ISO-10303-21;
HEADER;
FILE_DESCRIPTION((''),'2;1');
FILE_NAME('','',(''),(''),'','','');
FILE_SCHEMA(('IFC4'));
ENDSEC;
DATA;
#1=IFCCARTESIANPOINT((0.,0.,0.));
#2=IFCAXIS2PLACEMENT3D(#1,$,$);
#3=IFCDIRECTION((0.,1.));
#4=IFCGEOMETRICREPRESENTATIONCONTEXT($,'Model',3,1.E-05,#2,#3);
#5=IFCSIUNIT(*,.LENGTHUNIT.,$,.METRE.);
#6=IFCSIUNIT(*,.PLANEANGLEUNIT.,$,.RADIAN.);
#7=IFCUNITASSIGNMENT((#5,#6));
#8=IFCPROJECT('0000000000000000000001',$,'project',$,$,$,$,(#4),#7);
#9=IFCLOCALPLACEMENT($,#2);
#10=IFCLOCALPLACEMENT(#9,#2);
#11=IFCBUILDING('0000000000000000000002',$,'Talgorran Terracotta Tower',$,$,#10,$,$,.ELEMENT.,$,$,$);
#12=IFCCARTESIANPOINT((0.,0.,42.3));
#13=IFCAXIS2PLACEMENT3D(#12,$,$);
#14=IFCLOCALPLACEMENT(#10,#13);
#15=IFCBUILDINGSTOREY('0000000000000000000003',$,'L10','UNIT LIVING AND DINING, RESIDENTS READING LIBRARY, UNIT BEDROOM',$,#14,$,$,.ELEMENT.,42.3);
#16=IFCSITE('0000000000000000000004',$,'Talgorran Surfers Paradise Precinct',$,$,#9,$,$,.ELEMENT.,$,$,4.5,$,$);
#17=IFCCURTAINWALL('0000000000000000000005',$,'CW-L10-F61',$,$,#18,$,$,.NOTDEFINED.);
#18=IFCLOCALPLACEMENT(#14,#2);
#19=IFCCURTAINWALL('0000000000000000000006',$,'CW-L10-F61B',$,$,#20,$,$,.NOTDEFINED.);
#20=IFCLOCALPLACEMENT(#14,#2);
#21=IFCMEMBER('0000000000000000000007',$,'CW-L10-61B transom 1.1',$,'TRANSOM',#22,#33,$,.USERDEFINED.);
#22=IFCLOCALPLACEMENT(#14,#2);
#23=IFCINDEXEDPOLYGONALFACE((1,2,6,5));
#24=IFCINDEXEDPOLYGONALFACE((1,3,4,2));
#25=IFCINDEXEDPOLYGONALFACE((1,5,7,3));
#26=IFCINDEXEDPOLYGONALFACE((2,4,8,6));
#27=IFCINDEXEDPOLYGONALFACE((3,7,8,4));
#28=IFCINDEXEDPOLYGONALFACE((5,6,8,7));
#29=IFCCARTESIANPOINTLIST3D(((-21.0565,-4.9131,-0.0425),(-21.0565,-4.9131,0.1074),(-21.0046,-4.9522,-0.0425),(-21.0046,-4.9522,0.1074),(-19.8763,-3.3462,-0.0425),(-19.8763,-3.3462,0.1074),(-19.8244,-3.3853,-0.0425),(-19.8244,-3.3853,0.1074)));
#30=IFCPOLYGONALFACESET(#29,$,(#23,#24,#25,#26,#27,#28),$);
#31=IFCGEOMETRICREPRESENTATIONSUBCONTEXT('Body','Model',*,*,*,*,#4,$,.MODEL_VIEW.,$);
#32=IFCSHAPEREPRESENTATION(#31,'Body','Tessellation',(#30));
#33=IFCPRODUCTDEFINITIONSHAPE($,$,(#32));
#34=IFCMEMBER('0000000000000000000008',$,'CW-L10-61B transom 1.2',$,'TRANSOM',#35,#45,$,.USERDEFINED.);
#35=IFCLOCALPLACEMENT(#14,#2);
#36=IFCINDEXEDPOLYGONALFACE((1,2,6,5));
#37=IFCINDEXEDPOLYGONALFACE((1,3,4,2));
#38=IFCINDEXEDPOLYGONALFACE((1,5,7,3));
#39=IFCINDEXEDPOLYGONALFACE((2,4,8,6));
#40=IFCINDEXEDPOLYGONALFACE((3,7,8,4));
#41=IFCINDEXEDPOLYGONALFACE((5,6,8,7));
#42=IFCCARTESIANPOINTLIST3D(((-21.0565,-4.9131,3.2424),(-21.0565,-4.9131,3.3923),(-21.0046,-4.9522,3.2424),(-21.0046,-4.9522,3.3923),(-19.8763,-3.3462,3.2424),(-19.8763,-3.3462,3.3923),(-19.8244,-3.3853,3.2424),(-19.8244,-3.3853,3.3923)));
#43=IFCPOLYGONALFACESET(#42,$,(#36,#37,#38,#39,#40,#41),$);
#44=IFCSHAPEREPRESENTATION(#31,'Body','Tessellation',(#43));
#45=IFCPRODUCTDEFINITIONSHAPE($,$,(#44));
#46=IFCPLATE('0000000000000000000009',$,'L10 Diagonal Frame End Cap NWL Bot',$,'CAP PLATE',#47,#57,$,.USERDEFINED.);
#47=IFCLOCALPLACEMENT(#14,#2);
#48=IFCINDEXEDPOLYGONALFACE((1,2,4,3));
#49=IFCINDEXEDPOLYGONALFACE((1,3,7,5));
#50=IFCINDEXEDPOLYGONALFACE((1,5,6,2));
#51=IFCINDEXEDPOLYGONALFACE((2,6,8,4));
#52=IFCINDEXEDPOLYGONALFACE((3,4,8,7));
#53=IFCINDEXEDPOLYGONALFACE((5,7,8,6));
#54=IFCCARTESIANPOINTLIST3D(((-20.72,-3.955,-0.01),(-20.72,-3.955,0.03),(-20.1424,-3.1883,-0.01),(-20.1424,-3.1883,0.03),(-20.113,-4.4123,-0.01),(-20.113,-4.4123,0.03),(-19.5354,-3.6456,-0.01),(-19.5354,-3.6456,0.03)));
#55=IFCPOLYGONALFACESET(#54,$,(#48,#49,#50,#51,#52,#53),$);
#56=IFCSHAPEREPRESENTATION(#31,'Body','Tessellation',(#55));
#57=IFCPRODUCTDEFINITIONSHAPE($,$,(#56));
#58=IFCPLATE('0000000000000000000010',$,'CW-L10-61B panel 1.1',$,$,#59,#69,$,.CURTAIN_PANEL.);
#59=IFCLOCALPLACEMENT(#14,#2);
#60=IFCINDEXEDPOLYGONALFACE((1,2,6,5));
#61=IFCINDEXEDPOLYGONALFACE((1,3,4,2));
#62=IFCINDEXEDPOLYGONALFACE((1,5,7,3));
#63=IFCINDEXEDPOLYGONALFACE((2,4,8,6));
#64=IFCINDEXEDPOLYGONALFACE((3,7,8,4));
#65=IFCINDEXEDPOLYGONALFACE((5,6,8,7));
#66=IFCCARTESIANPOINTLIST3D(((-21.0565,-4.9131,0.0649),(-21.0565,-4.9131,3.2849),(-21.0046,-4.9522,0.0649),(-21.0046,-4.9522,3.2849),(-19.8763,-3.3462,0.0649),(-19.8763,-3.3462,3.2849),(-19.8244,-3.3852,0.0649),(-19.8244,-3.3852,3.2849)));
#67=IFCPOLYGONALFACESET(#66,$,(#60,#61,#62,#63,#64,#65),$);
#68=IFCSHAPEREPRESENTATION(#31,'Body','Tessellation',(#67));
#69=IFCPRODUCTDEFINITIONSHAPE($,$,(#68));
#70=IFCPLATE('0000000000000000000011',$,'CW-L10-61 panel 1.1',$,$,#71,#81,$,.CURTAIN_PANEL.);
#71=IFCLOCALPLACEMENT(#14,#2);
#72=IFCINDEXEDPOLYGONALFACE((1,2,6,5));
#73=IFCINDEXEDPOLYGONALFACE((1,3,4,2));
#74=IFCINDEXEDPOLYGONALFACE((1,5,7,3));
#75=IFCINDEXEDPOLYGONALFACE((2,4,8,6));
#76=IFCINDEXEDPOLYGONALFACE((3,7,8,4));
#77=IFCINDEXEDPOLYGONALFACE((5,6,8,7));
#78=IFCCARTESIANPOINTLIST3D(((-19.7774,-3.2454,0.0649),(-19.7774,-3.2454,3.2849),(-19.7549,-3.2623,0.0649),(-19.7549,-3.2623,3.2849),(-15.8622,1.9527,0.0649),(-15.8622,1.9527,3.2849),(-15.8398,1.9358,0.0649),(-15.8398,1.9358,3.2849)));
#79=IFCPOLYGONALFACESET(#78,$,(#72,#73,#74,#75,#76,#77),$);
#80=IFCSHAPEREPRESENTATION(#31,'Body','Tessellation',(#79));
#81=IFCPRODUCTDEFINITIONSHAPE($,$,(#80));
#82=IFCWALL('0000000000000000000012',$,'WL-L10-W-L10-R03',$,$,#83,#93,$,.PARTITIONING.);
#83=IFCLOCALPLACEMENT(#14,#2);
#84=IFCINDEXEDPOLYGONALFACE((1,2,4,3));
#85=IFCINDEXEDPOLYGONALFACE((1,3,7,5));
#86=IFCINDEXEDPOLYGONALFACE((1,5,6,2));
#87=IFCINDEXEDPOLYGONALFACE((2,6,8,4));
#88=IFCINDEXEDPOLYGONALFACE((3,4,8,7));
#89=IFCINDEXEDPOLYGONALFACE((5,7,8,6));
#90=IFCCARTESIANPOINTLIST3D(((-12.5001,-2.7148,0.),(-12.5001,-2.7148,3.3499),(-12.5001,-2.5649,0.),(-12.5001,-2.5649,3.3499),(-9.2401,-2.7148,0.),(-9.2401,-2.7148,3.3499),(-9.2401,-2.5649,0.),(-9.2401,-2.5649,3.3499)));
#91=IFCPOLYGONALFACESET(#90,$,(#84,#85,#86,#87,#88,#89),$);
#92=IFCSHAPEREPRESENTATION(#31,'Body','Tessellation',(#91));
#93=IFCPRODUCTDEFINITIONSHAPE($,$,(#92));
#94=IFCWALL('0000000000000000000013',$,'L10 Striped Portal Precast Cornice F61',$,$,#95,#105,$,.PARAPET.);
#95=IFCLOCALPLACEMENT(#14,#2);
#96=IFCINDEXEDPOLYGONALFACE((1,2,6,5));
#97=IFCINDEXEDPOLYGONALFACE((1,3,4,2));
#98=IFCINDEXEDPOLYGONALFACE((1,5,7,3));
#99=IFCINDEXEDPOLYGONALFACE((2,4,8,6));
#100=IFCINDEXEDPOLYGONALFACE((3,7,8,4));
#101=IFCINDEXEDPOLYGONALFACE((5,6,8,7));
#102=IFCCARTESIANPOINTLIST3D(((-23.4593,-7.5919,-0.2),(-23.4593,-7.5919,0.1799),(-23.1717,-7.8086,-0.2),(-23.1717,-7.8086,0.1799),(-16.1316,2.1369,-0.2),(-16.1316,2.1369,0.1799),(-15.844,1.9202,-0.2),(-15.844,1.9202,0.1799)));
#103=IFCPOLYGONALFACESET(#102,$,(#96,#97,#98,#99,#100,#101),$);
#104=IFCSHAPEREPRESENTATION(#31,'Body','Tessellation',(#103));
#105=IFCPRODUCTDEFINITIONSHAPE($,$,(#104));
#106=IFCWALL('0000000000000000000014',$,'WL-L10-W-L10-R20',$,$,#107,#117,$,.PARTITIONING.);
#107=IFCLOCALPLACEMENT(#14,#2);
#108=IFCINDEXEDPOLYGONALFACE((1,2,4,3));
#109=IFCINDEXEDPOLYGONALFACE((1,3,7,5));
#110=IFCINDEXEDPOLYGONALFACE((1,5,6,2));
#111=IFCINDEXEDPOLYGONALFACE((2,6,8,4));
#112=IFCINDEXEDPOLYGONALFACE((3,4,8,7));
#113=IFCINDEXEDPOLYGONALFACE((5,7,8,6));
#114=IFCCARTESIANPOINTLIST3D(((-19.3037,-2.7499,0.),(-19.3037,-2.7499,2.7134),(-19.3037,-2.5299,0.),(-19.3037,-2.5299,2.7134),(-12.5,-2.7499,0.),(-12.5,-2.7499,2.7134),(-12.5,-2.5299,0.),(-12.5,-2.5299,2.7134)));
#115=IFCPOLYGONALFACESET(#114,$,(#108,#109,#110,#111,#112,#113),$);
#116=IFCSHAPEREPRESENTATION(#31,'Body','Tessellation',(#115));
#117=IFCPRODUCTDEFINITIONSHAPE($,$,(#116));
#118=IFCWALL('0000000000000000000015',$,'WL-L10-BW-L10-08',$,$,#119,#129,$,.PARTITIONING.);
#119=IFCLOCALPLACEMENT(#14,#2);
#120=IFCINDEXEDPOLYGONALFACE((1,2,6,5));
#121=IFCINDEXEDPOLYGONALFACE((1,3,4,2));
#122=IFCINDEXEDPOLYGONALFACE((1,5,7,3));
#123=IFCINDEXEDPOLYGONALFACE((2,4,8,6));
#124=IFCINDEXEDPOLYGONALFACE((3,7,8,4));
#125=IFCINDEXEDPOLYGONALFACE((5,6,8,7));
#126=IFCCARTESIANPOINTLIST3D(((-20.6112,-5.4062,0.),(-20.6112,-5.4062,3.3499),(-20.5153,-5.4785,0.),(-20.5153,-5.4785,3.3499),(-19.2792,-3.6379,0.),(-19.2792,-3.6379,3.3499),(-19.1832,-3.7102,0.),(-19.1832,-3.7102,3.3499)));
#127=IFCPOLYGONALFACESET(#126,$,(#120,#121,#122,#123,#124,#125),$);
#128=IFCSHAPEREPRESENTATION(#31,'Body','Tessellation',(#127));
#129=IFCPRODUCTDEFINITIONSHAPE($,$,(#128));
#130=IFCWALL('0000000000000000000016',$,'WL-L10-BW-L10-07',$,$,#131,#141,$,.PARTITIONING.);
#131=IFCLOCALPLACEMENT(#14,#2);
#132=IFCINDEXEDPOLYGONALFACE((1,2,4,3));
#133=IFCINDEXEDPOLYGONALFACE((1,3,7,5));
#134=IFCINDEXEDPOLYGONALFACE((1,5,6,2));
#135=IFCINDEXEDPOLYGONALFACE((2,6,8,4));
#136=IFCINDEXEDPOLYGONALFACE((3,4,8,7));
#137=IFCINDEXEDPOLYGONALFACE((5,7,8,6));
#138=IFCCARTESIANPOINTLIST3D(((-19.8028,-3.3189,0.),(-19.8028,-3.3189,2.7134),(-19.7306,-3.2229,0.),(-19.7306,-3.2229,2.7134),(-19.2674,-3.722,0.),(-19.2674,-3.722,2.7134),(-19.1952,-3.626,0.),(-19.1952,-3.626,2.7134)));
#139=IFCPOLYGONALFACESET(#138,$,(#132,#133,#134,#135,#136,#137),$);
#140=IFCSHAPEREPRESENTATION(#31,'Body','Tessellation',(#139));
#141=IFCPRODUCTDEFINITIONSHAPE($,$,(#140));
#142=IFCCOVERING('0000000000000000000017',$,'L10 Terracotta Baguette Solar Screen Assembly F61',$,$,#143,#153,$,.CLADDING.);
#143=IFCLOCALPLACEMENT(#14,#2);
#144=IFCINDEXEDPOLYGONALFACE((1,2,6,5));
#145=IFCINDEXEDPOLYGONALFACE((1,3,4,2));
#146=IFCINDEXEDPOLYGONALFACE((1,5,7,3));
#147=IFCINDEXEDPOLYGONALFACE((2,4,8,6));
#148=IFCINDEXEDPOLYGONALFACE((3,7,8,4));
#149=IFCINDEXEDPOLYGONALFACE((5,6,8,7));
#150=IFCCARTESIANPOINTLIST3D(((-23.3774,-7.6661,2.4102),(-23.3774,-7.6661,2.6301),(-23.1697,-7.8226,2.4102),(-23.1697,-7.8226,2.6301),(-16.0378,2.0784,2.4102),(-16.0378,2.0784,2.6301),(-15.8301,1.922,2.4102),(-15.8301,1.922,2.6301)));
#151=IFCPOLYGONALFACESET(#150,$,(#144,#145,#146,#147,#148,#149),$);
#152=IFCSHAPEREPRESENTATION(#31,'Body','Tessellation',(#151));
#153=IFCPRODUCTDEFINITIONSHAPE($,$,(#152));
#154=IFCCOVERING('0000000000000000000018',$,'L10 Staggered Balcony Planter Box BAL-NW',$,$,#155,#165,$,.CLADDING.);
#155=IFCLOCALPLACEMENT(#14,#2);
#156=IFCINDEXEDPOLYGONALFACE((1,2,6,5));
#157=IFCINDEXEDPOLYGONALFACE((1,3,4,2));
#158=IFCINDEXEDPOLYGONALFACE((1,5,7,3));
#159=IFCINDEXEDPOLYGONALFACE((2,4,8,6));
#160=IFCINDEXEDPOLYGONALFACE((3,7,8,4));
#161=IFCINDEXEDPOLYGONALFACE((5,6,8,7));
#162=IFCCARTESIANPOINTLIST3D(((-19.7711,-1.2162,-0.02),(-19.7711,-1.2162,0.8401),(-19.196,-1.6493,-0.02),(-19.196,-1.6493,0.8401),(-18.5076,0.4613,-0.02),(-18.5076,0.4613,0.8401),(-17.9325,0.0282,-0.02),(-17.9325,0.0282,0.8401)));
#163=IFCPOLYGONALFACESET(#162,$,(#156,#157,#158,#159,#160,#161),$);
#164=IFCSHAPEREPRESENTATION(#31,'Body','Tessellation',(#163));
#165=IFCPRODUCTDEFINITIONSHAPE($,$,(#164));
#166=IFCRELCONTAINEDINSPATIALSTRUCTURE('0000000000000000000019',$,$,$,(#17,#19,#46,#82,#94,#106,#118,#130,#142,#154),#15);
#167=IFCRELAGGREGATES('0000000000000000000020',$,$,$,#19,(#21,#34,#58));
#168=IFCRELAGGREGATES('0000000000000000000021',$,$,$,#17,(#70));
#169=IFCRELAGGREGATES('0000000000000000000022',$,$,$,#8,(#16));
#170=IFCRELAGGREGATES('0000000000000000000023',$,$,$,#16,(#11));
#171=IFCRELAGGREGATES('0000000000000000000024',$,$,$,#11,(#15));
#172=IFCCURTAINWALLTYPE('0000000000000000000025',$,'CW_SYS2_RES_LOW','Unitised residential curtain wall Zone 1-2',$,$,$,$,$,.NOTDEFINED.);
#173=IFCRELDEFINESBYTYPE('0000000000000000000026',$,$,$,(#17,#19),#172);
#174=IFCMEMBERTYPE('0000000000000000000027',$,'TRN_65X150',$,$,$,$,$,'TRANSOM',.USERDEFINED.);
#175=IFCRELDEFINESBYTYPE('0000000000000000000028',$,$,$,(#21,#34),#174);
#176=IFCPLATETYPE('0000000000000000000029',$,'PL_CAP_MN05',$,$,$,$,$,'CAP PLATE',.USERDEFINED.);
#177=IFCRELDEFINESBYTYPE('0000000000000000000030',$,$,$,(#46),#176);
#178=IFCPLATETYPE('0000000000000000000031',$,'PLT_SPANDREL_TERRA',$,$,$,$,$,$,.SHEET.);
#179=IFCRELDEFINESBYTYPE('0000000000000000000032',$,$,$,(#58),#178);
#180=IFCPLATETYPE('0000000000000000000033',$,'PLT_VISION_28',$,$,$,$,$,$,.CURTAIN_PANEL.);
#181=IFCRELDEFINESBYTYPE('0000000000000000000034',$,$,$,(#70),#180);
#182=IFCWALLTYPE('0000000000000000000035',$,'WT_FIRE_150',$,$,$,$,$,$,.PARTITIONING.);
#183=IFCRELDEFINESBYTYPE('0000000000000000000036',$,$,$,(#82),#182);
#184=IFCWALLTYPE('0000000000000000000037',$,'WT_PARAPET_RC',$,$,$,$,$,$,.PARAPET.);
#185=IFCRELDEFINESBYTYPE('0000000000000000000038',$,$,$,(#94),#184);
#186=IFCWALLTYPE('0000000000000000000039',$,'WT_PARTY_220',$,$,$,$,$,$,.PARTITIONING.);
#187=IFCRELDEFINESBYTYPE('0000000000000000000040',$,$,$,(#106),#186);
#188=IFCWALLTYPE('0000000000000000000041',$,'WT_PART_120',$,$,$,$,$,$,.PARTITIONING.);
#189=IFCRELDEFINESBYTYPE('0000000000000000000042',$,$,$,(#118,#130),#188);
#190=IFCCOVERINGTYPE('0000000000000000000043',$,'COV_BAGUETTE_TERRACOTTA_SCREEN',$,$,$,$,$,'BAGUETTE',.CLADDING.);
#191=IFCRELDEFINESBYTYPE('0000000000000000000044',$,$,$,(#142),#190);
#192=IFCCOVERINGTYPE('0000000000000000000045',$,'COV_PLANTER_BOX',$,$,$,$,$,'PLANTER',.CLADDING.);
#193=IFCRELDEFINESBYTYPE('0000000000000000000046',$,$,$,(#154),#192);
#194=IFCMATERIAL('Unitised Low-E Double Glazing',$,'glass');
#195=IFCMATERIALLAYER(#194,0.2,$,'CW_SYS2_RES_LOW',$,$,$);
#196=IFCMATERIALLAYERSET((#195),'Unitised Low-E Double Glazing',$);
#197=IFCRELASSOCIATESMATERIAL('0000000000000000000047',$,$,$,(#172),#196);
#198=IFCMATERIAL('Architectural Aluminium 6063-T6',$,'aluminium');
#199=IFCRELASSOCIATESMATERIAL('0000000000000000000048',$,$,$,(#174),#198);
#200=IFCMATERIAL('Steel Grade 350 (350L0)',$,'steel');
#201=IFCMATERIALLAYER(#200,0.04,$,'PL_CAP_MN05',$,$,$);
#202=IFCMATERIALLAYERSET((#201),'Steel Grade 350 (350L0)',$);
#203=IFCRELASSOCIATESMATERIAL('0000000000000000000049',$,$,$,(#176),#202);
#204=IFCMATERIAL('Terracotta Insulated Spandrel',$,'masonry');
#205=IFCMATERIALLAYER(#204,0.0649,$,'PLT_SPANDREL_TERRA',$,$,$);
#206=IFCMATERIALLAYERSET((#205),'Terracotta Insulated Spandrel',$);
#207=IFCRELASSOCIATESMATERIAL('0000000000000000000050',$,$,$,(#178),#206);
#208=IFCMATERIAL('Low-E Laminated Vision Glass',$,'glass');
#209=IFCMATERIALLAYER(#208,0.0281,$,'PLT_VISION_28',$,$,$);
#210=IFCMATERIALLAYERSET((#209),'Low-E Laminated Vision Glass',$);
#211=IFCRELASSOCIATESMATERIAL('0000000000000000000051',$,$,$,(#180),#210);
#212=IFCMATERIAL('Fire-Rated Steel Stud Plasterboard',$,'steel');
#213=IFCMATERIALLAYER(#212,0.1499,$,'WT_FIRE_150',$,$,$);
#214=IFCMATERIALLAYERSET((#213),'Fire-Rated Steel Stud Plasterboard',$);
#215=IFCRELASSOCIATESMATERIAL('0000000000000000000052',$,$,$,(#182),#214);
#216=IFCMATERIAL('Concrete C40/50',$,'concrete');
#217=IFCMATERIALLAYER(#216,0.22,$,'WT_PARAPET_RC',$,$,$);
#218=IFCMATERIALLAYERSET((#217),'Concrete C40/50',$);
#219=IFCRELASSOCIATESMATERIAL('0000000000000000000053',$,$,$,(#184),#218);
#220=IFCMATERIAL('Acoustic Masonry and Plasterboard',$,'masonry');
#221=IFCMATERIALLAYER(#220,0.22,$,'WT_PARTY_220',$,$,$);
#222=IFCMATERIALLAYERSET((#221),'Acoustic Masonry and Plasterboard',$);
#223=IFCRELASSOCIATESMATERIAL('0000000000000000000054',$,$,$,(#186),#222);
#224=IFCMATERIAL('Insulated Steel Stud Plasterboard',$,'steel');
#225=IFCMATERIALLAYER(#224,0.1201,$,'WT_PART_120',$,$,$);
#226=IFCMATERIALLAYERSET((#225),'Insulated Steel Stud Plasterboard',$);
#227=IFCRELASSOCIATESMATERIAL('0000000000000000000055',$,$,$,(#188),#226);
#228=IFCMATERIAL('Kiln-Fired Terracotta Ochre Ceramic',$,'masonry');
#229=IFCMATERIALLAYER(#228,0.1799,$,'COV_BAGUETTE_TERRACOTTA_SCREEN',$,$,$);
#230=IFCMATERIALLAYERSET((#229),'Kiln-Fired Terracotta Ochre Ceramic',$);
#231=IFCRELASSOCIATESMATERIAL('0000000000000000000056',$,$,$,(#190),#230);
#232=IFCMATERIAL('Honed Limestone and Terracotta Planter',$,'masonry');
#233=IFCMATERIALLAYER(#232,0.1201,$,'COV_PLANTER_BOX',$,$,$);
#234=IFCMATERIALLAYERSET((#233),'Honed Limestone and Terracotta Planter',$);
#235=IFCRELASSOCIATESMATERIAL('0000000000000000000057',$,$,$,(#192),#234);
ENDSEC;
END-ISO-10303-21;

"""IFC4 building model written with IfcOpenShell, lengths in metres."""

from ifc_helpers import new_model, si_unit, direction, frame, frame_2d, origin, origin_2d, place, context, subcontext, project, spatial, rectangle, extrude, source, transform, mapped, material, layer, layer_set, material_profile, profile_set, type_object, type_shapes, element, aggregate, save


model = new_model("IFC4")

# Units and contexts
model_context = context("Model", 3, precision=1e-05, world=origin(), true_north=direction((0.0, 1.0)))
body_context = subcontext(model_context, "Body", "Model", "MODEL_VIEW")
ifc_project = project(units=[si_unit("LENGTHUNIT", "METRE"), si_unit("PLANEANGLEUNIT", "RADIAN")], contexts=[model_context])

# Site, building, storey
site_placement = place(None, origin())
site = spatial("IfcSite", under=ifc_project, at=site_placement, Name="Talgorran Surfers Paradise Precinct", CompositionType="ELEMENT", RefElevation=4.5)
building_placement = place(site_placement, origin())
building = spatial("IfcBuilding", under=site, at=building_placement, Name="Talgorran Terracotta Tower", CompositionType="ELEMENT")
storey_placement = place(building_placement, frame((0.0, 0.0, 42.3)))
storey = spatial("IfcBuildingStorey", under=building, at=storey_placement, Name="L10", Description="UNIT LIVING AND DINING, RESIDENTS READING LIBRARY, UNIT BEDROOM", CompositionType="ELEMENT", Elevation=42.3)

# Shared definitions
ifc_material_1 = material(Name="Steel Grade 350 (350L0)", Category="steel")

# Curtain wall
ifc_material_2 = material(Name="Unitised Low-E Double Glazing", Category="glass")
ifc_layer_1 = layer(ifc_material_2, 0.2, Name="CW_SYS2_RES_LOW")
ifc_layer_set_1 = layer_set([ifc_layer_1], Name="Unitised Low-E Double Glazing")
curtain_wall_type = type_object("IfcCurtainWallType", Name="CW_SYS2_RES_LOW", Description="Unitised residential curtain wall Zone 1-2", PredefinedType="NOTDEFINED", material=ifc_layer_set_1)
curtain_wall_1_placement = place(storey_placement, origin())
curtain_wall_1 = element("IfcCurtainWall", 1, at=curtain_wall_1_placement, inside=storey, type_object=curtain_wall_type, Name="CW-L10-F61", PredefinedType="NOTDEFINED")
ifc_material_3 = material(Name="Architectural Aluminium 6063-T6", Category="aluminium")

# Curtain wall
curtain_wall_2_placement = place(storey_placement, origin())
curtain_wall_2 = element("IfcCurtainWall", 2, at=curtain_wall_2_placement, inside=storey, type_object=curtain_wall_type, Name="CW-L10-F61B", PredefinedType="NOTDEFINED")

# Members
ifc_material_profile_1 = material_profile(ifc_material_3, rectangle(XDim=0.0649, YDim=0.1499, at=origin_2d()), Name="CWT65X150")
ifc_profile_set_1 = profile_set([ifc_material_profile_1], Name="Architectural Aluminium 6063-T6")
member_type_1 = type_object("IfcMemberType", Name="TRN_65X150", ElementType="TRANSOM", PredefinedType="USERDEFINED", material=ifc_profile_set_1)
member_1_placement = place(storey_placement, frame((-19.8503, -3.3657, 0.0325), z_axis=(-0.601632, -0.798774, 0.0), x_axis=(0.798774, -0.601632, 0.0)))
member_1 = element("IfcMember", 3, at=member_1_placement, type_object=member_type_1, Name="CW-L10-61B transom 1.1", ObjectType="TRANSOM", PredefinedType="USERDEFINED", context=body_context, shape_type="SweptSolid", body=[
    extrude(rectangle(XDim=0.0649, YDim=0.1499, at=origin_2d()), origin(), (0.0, 0.0, 1.0), 1.9617),
])
member_2_placement = place(storey_placement, frame((-19.8503, -3.3657, 3.3174), z_axis=(-0.601632, -0.798774, 0.0), x_axis=(0.798774, -0.601632, 0.0)))
member_2 = element("IfcMember", 4, at=member_2_placement, type_object=member_type_1, Name="CW-L10-61B transom 1.2", ObjectType="TRANSOM", PredefinedType="USERDEFINED", context=body_context, shape_type="SweptSolid", body=[
    extrude(rectangle(XDim=0.0649, YDim=0.1499, at=origin_2d()), origin(), (0.0, 0.0, 1.0), 1.9617),
])

# Plates
ifc_layer_2 = layer(ifc_material_1, 0.04, Name="PL_CAP_MN05")
ifc_layer_set_2 = layer_set([ifc_layer_2], Name="Steel Grade 350 (350L0)")
plate_type_1 = type_object("IfcPlateType", Name="PL_CAP_MN05", ElementType="CAP PLATE", PredefinedType="USERDEFINED", material=ifc_layer_set_2)
plate_1_placement = place(storey_placement, frame((-20.1277, -3.8003, -0.01), z_axis=(0.0, 0.0, 1.0), x_axis=(-0.601676, -0.798741, 0.0)))
element("IfcPlate", 5, at=plate_1_placement, inside=storey, type_object=plate_type_1, Name="L10 Diagonal Frame End Cap NWL Bot", ObjectType="CAP PLATE", PredefinedType="USERDEFINED", context=body_context, shape_type="SweptSolid", body=[
    extrude(rectangle(XDim=0.96, YDim=0.76, at=origin_2d()), origin(), (0.0, 0.0, 1.0), 0.04),
])
ifc_material_4 = material(Name="Terracotta Insulated Spandrel", Category="masonry")
ifc_layer_3 = layer(ifc_material_4, 0.0649, Name="PLT_SPANDREL_TERRA")
ifc_layer_set_3 = layer_set([ifc_layer_3], Name="Terracotta Insulated Spandrel")
plate_type_2 = type_object("IfcPlateType", Name="PLT_SPANDREL_TERRA", PredefinedType="SHEET", material=ifc_layer_set_3)
shared_shape_1 = source(origin(), body_context, "Body", "SweptSolid", [
    extrude(rectangle(XDim=1.9617, YDim=0.0649, at=origin_2d()), origin(), (0.0, 0.0, 1.0), 3.22),
])
type_shapes(plate_type_2, [shared_shape_1])
plate_2_placement = place(storey_placement, frame((-20.4404, -4.1492, 0.0649), z_axis=(0.0, 0.0, 1.0), x_axis=(-0.60162, -0.798782, 0.0)))
plate_2 = element("IfcPlate", 6, at=plate_2_placement, type_object=plate_type_2, Name="CW-L10-61B panel 1.1", PredefinedType="CURTAIN_PANEL", context=body_context, shape_type="MappedRepresentation", body=[
    mapped(shared_shape_1, transform((0.0, 0.0, 0.0), scale=1.0)),
])
aggregate(curtain_wall_2, [member_1, member_2, plate_2])
ifc_material_5 = material(Name="Low-E Laminated Vision Glass", Category="glass")
ifc_layer_4 = layer(ifc_material_5, 0.0281, Name="PLT_VISION_28")
ifc_layer_set_4 = layer_set([ifc_layer_4], Name="Low-E Laminated Vision Glass")
plate_type_3 = type_object("IfcPlateType", Name="PLT_VISION_28", PredefinedType="CURTAIN_PANEL", material=ifc_layer_set_4)
shared_shape_2 = source(origin(), body_context, "Body", "SweptSolid", [
    extrude(rectangle(XDim=6.5076, YDim=0.0281, at=origin_2d()), origin(), (0.0, 0.0, 1.0), 3.22),
])
type_shapes(plate_type_3, [shared_shape_2])
plate_3_placement = place(storey_placement, frame((-17.8086, -0.6548, 0.0649), z_axis=(0.0, 0.0, 1.0), x_axis=(-0.601626, -0.798778, 0.0)))
plate_3 = element("IfcPlate", 7, at=plate_3_placement, type_object=plate_type_3, Name="CW-L10-61 panel 1.1", PredefinedType="CURTAIN_PANEL", context=body_context, shape_type="MappedRepresentation", body=[
    mapped(shared_shape_2, transform((0.0, 0.0, 0.0), scale=1.0)),
])
aggregate(curtain_wall_1, [plate_3])

# Walls
ifc_material_6 = material(Name="Fire-Rated Steel Stud Plasterboard", Category="steel")
ifc_layer_5 = layer(ifc_material_6, 0.1499, Name="WT_FIRE_150")
ifc_layer_set_5 = layer_set([ifc_layer_5], Name="Fire-Rated Steel Stud Plasterboard")
wall_type_1 = type_object("IfcWallType", Name="WT_FIRE_150", PredefinedType="PARTITIONING", material=ifc_layer_set_5)
wall_1_placement = place(storey_placement, frame((-12.5, -2.6399, 0.0), z_axis=(0.0, 0.0, 1.0), x_axis=(1.0, 0.0, 0.0)))
element("IfcWall", 8, at=wall_1_placement, inside=storey, type_object=wall_type_1, Name="WL-L10-W-L10-R03", PredefinedType="PARTITIONING", context=body_context, shape_type="SweptSolid", body=[
    extrude(rectangle(XDim=3.26, YDim=0.1499, at=frame_2d((1.6299, 0.0))), origin(), (0.0, 0.0, 1.0), 3.3499),
])
ifc_material_7 = material(Name="Concrete C40/50", Category="concrete")
ifc_layer_6 = layer(ifc_material_7, 0.22, Name="WT_PARAPET_RC")
ifc_layer_set_6 = layer_set([ifc_layer_6], Name="Concrete C40/50")
wall_type_2 = type_object("IfcWallType", Name="WT_PARAPET_RC", PredefinedType="PARAPET", material=ifc_layer_set_6)
wall_2_placement = place(storey_placement, frame((-15.9878, 2.0286, -0.2), z_axis=(0.0, 0.0, 1.0), x_axis=(-0.601631, -0.798774, 0.0)))
element("IfcWall", 9, at=wall_2_placement, inside=storey, type_object=wall_type_2, Name="L10 Striped Portal Precast Cornice F61", PredefinedType="PARAPET", context=body_context, shape_type="SweptSolid", body=[
    extrude(rectangle(XDim=12.1797, YDim=0.3601, at=frame_2d((6.0898, 0.0))), origin(), (0.0, 0.0, 1.0), 0.3799),
])
ifc_material_8 = material(Name="Acoustic Masonry and Plasterboard", Category="masonry")
ifc_layer_7 = layer(ifc_material_8, 0.22, Name="WT_PARTY_220")
ifc_layer_set_7 = layer_set([ifc_layer_7], Name="Acoustic Masonry and Plasterboard")
wall_type_3 = type_object("IfcWallType", Name="WT_PARTY_220", PredefinedType="PARTITIONING", material=ifc_layer_set_7)
wall_3_placement = place(storey_placement, frame((-19.3037, -2.6399, 0.0), z_axis=(0.0, 0.0, 1.0), x_axis=(1.0, 0.0, 0.0)))
element("IfcWall", 10, at=wall_3_placement, inside=storey, type_object=wall_type_3, Name="WL-L10-W-L10-R20", PredefinedType="PARTITIONING", context=body_context, shape_type="SweptSolid", body=[
    extrude(rectangle(XDim=6.8037, YDim=0.22, at=frame_2d((3.4019, 0.0))), origin(), (0.0, 0.0, 1.0), 2.7134),
])
ifc_material_9 = material(Name="Insulated Steel Stud Plasterboard", Category="steel")
ifc_layer_8 = layer(ifc_material_9, 0.1201, Name="WT_PART_120")
ifc_layer_set_8 = layer_set([ifc_layer_8], Name="Insulated Steel Stud Plasterboard")
wall_type_4 = type_object("IfcWallType", Name="WT_PART_120", PredefinedType="PARTITIONING", material=ifc_layer_set_8)
wall_4_placement = place(storey_placement, frame((-19.2312, -3.6741, 0.0), z_axis=(0.0, 0.0, 1.0), x_axis=(-0.601675, -0.798741, 0.0)))
element("IfcWall", 11, at=wall_4_placement, inside=storey, type_object=wall_type_4, Name="WL-L10-BW-L10-08", PredefinedType="PARTITIONING", context=body_context, shape_type="SweptSolid", body=[
    extrude(rectangle(XDim=2.2139, YDim=0.1201, at=frame_2d((1.1069, 0.0))), origin(), (0.0, 0.0, 1.0), 3.3499),
])
wall_5_placement = place(storey_placement, frame((-19.7666, -3.271, 0.0), z_axis=(0.0, 0.0, 1.0), x_axis=(0.798906, -0.601456, 0.0)))
element("IfcWall", 12, at=wall_5_placement, inside=storey, type_object=wall_type_4, Name="WL-L10-BW-L10-07", PredefinedType="PARTITIONING", context=body_context, shape_type="SweptSolid", body=[
    extrude(rectangle(XDim=0.6702, YDim=0.1201, at=frame_2d((0.335, 0.0))), origin(), (0.0, 0.0, 1.0), 2.7134),
])

# Coverings
ifc_material_10 = material(Name="Kiln-Fired Terracotta Ochre Ceramic", Category="masonry")
ifc_layer_9 = layer(ifc_material_10, 0.1799, Name="COV_BAGUETTE_TERRACOTTA_SCREEN")
ifc_layer_set_9 = layer_set([ifc_layer_9], Name="Kiln-Fired Terracotta Ochre Ceramic")
covering_type_1 = type_object("IfcCoveringType", Name="COV_BAGUETTE_TERRACOTTA_SCREEN", ElementType="BAGUETTE", PredefinedType="CLADDING", material=ifc_layer_set_9)
covering_1_placement = place(storey_placement, frame((-19.6038, -2.8721, 2.4102), z_axis=(0.0, 0.0, 1.0), x_axis=(-0.601634, -0.798772, 0.0)))
element("IfcCovering", 13, at=covering_1_placement, inside=storey, type_object=covering_type_1, Name="L10 Terracotta Baguette Solar Screen Assembly F61", PredefinedType="CLADDING", context=body_context, shape_type="SweptSolid", body=[
    extrude(rectangle(XDim=12.1995, YDim=0.26, at=origin_2d()), origin(), (0.0, 0.0, 1.0), 0.22),
])
ifc_material_11 = material(Name="Honed Limestone and Terracotta Planter", Category="masonry")
ifc_layer_10 = layer(ifc_material_11, 0.1201, Name="COV_PLANTER_BOX")
ifc_layer_set_10 = layer_set([ifc_layer_10], Name="Honed Limestone and Terracotta Planter")
covering_type_2 = type_object("IfcCoveringType", Name="COV_PLANTER_BOX", ElementType="PLANTER", PredefinedType="CLADDING", material=ifc_layer_set_10)
covering_2_placement = place(storey_placement, frame((-18.8518, -0.594, -0.02), z_axis=(0.0, 0.0, 1.0), x_axis=(-0.601634, -0.798772, 0.0)))
element("IfcCovering", 14, at=covering_2_placement, inside=storey, type_object=covering_type_2, Name="L10 Staggered Balcony Planter Box BAL-NW", PredefinedType="CLADDING", context=body_context, shape_type="SweptSolid", body=[
    extrude(rectangle(XDim=2.1001, YDim=0.72, at=origin_2d()), origin(), (0.0, 0.0, 1.0), 0.8601),
])

save(model, "model.ifc")
